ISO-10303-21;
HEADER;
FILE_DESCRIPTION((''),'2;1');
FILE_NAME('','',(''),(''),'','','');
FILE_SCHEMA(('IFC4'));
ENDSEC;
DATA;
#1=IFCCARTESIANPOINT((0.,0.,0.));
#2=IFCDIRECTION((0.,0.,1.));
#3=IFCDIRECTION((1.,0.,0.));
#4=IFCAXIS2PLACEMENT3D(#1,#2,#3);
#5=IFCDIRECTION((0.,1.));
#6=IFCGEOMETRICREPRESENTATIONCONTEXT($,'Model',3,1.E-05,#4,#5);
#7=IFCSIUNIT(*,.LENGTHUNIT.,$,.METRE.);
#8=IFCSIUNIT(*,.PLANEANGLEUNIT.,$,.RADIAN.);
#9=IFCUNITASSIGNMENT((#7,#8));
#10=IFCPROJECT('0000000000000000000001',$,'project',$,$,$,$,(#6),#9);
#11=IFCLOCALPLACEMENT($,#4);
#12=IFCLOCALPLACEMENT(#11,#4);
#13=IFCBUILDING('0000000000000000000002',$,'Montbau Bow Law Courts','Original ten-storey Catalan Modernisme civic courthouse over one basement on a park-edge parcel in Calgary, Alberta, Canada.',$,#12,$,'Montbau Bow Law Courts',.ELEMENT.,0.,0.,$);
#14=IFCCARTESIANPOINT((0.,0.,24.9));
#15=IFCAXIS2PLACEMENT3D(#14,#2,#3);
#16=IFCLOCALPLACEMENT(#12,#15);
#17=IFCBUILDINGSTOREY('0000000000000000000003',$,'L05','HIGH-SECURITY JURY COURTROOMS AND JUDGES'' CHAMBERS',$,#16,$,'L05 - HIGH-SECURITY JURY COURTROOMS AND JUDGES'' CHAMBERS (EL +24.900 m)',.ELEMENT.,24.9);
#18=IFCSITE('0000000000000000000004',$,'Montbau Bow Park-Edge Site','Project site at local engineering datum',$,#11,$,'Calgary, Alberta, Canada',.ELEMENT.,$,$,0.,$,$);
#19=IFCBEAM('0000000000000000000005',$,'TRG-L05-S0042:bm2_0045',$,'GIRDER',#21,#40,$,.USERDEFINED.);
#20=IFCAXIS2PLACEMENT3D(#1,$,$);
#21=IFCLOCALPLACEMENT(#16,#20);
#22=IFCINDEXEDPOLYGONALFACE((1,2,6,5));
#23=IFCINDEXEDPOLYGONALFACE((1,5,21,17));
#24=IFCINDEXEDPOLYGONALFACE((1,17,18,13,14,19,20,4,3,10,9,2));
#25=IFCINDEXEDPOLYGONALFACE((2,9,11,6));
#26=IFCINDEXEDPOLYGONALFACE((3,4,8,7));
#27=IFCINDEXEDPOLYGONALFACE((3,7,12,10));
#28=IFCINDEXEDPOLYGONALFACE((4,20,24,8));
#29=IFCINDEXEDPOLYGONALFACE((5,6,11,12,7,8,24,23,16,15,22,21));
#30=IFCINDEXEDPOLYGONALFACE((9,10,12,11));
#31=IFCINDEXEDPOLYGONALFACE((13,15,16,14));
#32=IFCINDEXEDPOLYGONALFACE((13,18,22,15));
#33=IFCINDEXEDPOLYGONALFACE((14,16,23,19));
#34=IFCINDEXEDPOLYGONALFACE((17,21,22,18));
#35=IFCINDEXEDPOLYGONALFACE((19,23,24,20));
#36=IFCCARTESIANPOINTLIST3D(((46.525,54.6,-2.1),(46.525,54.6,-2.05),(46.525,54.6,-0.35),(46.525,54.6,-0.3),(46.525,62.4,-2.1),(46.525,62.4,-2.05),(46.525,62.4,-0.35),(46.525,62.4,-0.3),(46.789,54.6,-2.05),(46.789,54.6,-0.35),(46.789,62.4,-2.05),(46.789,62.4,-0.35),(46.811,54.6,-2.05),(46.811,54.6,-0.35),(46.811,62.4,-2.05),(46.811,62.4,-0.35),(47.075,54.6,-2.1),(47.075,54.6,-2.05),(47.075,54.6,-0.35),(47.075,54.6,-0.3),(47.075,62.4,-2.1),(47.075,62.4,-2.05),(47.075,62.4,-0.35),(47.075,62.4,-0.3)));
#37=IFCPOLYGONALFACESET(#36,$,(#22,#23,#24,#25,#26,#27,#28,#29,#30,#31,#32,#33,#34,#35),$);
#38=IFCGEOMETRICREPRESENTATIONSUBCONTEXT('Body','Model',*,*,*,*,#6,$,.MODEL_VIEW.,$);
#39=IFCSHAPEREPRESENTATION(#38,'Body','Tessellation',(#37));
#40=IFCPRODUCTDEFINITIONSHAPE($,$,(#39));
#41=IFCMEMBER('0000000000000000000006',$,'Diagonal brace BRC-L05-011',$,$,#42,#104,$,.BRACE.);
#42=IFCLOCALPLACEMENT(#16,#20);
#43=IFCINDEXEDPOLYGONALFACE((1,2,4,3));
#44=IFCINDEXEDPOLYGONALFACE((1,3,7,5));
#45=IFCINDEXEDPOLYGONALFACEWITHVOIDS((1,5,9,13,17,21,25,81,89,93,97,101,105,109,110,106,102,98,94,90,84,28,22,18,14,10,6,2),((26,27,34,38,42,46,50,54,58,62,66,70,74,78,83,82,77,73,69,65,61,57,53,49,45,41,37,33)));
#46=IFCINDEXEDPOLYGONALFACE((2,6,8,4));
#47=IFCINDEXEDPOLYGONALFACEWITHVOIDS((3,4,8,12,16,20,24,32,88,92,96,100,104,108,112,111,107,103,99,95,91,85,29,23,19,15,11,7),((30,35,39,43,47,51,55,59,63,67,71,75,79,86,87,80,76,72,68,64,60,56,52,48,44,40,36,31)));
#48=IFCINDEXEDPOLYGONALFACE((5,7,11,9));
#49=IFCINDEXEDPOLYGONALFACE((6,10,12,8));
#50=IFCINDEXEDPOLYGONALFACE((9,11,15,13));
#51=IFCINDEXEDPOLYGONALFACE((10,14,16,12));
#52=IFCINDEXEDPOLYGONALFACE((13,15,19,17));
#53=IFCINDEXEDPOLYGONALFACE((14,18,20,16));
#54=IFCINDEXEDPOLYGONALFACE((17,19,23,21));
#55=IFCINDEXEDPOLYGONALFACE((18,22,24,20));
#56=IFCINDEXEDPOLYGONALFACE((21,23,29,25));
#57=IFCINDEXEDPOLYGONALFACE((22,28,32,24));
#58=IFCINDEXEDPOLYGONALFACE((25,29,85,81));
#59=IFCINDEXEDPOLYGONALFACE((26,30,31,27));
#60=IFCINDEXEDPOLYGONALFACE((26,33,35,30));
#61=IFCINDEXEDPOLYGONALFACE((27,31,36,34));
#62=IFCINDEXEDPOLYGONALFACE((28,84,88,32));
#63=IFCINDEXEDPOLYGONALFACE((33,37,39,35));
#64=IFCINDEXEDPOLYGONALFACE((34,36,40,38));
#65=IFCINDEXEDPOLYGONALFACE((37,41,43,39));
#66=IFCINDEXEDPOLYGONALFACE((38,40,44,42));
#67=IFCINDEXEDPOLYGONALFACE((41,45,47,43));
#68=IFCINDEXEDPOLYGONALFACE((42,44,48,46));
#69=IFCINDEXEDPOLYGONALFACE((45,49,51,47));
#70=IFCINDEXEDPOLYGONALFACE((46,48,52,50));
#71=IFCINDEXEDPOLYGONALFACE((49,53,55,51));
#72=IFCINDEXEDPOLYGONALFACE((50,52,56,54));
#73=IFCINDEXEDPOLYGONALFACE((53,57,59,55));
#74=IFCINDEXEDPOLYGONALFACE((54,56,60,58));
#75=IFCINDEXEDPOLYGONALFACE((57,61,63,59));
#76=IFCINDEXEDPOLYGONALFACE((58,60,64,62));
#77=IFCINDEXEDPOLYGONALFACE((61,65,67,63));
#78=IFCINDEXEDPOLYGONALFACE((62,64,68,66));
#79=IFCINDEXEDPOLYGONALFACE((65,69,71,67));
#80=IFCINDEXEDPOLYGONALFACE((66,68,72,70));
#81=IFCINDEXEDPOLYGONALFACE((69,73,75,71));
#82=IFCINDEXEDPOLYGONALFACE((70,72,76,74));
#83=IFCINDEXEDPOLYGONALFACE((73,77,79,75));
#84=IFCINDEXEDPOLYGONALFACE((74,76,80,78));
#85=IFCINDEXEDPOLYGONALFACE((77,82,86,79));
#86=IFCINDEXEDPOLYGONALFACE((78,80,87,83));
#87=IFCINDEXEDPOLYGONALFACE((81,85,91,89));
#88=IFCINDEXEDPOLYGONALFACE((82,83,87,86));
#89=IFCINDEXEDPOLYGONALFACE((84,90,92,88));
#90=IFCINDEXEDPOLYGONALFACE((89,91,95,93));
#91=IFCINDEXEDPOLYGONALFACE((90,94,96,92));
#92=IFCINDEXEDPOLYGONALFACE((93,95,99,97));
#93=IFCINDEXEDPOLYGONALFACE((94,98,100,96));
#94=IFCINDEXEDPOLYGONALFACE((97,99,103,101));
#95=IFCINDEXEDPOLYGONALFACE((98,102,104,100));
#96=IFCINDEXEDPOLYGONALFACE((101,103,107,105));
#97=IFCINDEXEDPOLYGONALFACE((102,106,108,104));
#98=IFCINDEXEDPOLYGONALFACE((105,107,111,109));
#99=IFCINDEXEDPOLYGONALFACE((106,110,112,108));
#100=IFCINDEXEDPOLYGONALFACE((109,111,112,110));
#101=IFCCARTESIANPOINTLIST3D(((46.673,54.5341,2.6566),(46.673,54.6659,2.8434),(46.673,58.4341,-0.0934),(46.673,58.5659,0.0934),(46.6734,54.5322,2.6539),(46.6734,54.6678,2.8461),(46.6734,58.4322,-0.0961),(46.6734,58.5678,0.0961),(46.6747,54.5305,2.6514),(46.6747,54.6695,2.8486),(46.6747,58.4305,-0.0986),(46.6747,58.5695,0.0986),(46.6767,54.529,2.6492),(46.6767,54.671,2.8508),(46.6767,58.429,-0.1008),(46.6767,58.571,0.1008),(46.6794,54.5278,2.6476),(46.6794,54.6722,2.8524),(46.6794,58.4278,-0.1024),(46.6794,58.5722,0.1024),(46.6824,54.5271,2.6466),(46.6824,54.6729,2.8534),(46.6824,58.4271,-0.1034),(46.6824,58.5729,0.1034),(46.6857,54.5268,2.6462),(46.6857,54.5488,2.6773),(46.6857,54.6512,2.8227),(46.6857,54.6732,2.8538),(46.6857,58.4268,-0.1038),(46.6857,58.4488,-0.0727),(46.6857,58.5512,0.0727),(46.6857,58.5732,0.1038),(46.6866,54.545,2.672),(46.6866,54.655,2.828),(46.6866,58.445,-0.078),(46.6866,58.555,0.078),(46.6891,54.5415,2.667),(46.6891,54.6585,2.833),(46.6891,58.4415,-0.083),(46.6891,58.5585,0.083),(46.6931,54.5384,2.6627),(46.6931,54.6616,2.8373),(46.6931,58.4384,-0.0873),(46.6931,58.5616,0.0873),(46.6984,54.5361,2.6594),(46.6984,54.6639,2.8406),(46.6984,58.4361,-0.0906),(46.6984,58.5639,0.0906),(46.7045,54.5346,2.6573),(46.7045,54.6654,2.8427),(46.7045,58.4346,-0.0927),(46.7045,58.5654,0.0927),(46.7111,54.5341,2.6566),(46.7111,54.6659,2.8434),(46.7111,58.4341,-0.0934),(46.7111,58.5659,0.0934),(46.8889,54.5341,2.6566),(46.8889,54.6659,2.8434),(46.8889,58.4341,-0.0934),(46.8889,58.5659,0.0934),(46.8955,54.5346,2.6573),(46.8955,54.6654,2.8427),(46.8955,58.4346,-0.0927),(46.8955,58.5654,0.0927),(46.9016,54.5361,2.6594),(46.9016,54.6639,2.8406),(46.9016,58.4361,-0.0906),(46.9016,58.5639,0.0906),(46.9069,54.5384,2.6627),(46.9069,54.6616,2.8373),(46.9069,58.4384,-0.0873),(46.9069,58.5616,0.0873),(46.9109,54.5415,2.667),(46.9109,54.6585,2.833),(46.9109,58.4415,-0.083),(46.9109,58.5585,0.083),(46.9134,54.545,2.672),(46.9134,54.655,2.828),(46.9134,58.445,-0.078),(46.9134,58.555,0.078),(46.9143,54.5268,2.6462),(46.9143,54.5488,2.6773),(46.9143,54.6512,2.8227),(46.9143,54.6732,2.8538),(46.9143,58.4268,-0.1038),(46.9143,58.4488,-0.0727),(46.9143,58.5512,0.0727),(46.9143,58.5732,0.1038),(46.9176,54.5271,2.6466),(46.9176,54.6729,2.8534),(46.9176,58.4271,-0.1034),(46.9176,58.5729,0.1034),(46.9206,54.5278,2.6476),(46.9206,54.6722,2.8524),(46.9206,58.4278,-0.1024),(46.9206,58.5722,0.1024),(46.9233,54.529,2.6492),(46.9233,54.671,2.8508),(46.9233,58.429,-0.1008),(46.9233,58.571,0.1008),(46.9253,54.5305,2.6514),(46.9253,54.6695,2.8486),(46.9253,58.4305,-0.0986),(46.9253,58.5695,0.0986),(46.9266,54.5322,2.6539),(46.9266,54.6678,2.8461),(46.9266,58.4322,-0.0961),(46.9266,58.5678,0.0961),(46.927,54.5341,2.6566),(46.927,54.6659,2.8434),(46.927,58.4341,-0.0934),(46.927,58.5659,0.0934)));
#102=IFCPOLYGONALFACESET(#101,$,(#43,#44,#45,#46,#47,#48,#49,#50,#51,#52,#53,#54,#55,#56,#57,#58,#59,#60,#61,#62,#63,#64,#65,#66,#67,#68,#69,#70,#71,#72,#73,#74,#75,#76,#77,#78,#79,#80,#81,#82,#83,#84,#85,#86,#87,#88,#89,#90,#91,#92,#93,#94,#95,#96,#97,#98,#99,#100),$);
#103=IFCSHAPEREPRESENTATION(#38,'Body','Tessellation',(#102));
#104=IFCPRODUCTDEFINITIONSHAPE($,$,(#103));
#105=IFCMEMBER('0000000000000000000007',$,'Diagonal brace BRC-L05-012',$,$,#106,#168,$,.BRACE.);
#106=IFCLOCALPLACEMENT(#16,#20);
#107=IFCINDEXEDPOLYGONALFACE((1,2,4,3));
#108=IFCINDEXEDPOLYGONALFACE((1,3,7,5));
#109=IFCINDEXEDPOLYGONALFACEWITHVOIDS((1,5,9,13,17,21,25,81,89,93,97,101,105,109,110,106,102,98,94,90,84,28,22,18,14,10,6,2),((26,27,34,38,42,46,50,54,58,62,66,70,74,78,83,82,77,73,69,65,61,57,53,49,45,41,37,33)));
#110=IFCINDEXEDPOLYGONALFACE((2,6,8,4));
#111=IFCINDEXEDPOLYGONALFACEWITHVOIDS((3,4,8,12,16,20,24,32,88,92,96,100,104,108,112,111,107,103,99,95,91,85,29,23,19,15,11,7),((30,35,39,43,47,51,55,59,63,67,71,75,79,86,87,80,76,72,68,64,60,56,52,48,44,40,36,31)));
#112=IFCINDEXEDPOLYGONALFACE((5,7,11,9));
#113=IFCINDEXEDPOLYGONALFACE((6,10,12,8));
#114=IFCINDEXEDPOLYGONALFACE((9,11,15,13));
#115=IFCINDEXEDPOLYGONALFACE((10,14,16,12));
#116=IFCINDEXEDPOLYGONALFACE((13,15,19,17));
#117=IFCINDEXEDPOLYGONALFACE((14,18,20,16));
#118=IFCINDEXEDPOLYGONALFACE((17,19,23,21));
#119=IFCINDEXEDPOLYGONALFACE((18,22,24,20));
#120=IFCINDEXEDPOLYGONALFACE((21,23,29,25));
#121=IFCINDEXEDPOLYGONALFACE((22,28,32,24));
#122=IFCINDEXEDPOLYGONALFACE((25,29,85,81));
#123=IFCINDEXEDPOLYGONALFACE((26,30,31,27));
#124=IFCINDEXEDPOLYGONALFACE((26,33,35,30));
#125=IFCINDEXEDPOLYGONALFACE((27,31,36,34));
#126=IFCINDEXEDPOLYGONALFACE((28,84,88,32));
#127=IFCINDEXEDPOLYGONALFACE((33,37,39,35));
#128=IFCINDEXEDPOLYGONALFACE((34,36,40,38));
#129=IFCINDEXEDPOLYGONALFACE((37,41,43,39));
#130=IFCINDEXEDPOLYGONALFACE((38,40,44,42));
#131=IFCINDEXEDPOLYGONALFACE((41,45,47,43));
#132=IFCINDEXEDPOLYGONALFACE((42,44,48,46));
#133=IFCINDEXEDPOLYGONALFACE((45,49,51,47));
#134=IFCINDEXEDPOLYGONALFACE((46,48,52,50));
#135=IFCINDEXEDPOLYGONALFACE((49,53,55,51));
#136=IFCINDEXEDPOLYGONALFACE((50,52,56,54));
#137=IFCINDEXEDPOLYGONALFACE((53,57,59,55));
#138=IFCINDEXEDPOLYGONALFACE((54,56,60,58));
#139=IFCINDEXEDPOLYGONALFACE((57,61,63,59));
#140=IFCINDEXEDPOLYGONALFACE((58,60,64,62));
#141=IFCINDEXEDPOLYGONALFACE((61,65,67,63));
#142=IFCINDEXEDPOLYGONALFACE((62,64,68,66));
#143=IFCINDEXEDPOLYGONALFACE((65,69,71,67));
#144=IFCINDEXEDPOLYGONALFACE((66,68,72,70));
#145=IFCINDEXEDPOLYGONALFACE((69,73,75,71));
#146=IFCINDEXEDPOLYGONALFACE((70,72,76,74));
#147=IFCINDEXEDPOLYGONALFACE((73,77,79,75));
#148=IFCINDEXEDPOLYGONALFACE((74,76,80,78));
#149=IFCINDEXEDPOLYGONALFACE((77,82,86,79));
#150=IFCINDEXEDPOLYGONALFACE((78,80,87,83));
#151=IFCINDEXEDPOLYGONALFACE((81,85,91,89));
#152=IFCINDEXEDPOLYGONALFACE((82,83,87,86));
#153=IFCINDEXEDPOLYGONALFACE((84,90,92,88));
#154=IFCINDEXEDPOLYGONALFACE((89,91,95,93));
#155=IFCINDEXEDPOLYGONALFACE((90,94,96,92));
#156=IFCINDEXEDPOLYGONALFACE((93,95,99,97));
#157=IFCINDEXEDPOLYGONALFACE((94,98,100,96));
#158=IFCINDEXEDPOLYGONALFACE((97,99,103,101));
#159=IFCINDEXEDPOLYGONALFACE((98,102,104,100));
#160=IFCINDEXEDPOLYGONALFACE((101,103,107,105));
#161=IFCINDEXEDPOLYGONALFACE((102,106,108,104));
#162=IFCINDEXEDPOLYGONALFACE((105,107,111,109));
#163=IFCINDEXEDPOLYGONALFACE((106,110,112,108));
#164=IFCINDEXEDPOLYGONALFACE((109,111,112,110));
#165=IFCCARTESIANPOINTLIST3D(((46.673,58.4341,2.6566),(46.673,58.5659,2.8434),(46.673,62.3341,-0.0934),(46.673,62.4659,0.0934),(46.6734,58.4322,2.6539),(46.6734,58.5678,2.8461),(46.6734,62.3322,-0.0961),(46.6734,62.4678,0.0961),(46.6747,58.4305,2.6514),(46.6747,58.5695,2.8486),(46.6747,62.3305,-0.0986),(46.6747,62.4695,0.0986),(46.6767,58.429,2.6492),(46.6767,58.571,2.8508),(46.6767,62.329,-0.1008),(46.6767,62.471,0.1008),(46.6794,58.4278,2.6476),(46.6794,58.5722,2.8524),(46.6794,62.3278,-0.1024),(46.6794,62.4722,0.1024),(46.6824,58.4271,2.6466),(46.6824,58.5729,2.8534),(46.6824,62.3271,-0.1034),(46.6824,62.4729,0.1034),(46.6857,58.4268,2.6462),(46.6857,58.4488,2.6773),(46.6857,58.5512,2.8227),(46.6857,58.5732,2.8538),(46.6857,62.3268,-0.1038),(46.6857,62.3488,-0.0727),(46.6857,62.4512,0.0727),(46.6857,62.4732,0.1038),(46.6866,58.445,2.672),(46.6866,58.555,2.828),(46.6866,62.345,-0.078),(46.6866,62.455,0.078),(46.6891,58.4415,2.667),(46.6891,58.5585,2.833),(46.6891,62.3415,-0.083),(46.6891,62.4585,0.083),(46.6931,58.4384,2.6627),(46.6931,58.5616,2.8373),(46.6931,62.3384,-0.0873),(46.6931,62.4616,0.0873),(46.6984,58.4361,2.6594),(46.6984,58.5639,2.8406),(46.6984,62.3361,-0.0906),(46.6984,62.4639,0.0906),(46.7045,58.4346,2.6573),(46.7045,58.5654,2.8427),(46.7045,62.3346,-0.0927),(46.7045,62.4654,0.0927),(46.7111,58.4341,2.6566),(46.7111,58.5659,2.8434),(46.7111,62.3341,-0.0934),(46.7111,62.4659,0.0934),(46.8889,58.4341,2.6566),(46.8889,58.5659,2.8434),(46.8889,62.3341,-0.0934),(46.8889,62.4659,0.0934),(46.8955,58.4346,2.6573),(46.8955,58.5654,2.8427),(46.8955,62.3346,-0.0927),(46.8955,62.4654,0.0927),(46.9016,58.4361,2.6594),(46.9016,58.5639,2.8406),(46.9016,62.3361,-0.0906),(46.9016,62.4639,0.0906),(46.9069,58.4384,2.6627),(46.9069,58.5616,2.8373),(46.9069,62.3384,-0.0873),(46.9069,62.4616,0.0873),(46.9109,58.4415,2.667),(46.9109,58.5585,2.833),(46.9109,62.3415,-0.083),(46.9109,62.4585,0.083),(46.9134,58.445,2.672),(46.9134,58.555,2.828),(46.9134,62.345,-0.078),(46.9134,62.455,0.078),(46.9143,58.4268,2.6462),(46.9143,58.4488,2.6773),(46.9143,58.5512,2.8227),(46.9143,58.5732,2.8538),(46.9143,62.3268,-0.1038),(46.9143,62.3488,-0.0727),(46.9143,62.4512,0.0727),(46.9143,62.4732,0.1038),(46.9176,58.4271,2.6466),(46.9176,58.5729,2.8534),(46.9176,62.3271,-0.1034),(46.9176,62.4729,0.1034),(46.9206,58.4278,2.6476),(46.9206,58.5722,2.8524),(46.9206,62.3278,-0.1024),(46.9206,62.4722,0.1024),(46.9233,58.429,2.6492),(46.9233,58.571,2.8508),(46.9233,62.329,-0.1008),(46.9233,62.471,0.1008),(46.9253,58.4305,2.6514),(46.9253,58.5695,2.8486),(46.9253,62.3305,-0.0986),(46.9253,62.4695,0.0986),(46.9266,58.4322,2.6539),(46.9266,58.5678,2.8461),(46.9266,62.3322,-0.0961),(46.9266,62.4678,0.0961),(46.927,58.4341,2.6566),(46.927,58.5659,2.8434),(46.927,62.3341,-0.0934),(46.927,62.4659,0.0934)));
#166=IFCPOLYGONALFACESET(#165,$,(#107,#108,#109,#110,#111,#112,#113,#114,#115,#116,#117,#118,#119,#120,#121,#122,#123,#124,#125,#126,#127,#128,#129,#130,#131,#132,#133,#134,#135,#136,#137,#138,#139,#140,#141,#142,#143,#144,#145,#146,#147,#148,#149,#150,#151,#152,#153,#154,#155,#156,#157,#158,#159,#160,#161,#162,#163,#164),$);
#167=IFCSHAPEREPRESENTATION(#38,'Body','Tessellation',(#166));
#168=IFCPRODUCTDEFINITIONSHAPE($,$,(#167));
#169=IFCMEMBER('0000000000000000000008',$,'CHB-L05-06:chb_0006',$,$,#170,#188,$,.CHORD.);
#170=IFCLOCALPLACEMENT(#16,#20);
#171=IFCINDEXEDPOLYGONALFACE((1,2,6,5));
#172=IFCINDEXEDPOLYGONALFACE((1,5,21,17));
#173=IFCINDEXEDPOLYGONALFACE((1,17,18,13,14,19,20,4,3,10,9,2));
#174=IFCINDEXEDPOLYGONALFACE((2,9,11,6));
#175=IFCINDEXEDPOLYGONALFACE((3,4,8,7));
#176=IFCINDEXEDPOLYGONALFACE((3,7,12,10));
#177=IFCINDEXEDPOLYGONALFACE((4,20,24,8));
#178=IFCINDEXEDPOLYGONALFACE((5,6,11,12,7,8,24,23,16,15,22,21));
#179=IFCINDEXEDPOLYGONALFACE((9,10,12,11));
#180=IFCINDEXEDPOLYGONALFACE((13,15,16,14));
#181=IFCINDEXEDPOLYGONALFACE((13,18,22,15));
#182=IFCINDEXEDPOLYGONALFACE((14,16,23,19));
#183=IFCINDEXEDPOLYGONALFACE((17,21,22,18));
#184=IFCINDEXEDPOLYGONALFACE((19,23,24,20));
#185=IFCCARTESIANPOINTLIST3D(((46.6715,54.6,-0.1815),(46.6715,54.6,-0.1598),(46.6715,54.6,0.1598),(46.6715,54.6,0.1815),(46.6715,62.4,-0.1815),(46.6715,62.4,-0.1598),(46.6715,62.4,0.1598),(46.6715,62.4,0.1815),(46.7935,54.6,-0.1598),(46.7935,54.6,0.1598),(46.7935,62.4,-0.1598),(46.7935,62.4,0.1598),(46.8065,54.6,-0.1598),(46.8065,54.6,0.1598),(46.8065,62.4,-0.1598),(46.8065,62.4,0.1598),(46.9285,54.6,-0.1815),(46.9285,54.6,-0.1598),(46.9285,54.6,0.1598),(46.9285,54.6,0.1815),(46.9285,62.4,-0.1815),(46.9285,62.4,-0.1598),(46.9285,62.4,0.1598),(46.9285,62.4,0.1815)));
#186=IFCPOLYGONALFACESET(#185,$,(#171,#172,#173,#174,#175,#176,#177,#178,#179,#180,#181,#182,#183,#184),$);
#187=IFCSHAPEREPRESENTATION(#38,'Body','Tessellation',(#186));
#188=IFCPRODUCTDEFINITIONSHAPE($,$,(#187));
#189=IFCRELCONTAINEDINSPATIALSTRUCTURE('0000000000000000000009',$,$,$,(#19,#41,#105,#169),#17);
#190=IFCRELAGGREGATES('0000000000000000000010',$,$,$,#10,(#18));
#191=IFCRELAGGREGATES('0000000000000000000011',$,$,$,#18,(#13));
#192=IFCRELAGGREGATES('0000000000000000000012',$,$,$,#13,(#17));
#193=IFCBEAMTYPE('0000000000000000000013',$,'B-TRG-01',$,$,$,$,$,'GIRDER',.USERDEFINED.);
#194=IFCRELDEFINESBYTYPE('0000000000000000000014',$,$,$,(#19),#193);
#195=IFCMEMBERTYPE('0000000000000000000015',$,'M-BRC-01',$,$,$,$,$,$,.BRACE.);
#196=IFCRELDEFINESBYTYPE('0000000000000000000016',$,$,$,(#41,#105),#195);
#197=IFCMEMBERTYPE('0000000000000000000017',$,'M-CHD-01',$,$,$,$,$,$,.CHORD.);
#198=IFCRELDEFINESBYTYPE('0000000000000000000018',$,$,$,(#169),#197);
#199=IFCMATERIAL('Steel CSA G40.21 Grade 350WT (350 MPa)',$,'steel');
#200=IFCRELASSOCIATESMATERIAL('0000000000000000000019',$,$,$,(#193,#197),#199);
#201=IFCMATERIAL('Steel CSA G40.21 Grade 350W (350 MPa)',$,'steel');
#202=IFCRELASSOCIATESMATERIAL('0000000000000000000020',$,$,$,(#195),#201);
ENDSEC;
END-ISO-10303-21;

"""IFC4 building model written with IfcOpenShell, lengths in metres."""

from ifc_helpers import new_model, si_unit, direction, frame, origin_with_axes, origin_2d_with_axis, place, context, subcontext, project, spatial, hollow_rectangle, i_section, extrude, material, material_profile, profile_set, type_object, element, save


model = new_model("IFC4")

# Units and contexts
model_context = context("Model", 3, precision=1e-05, world=origin_with_axes(), true_north=direction((0.0, 1.0)))
body_context = subcontext(model_context, "Body", "Model", "MODEL_VIEW")
ifc_project = project(units=[si_unit("LENGTHUNIT", "METRE"), si_unit("PLANEANGLEUNIT", "RADIAN")], contexts=[model_context])

# Site, building, storey
site_placement = place(None, origin_with_axes())
site = spatial("IfcSite", under=ifc_project, at=site_placement, Name="Montbau Bow Park-Edge Site", Description="Project site at local engineering datum", LongName="Calgary, Alberta, Canada", CompositionType="ELEMENT", RefElevation=0.0)
building_placement = place(site_placement, origin_with_axes())
building = spatial("IfcBuilding", under=site, at=building_placement, Name="Montbau Bow Law Courts", Description="Original ten-storey Catalan Modernisme civic courthouse over one basement on a park-edge parcel in Calgary, Alberta, Canada.", LongName="Montbau Bow Law Courts", CompositionType="ELEMENT", ElevationOfRefHeight=0.0, ElevationOfTerrain=0.0)
storey_placement = place(building_placement, frame((0.0, 0.0, 24.9), z_axis=(0.0, 0.0, 1.0), x_axis=(1.0, 0.0, 0.0)))
storey = spatial("IfcBuildingStorey", under=building, at=storey_placement, Name="L05", Description="HIGH-SECURITY JURY COURTROOMS AND JUDGES' CHAMBERS", LongName="L05 - HIGH-SECURITY JURY COURTROOMS AND JUDGES' CHAMBERS (EL +24.900 m)", CompositionType="ELEMENT", Elevation=24.9)

# Beam
ifc_material_1 = material(Name="Steel CSA G40.21 Grade 350W (350 MPa)", Category="steel")
ifc_material_2 = material(Name="Steel CSA G40.21 Grade 350WT (350 MPa)", Category="steel")
ifc_material_profile_1 = material_profile(ifc_material_2, i_section(OverallWidth=0.55, OverallDepth=1.8, WebThickness=0.022, FlangeThickness=0.05, at=origin_2d_with_axis()), Name="WWF1800X550", Category="Main", Priority=0)
ifc_profile_set_1 = profile_set([ifc_material_profile_1], Name="Steel CSA G40.21 Grade 350WT (350 MPa)")
beam_type_1 = type_object("IfcBeamType", Name="B-TRG-01", ElementType="GIRDER", PredefinedType="USERDEFINED", material=ifc_profile_set_1)
beam_1_placement = place(None, frame((46.8, 54.6, 23.7), z_axis=(0.0, 1.0, 0.0), x_axis=(-1.0, 0.0, 0.0)))
element("IfcBeam", 1, at=beam_1_placement, inside=storey, type_object=beam_type_1, Name="TRG-L05-S0042:bm2_0045", ObjectType="GIRDER", PredefinedType="USERDEFINED", context=body_context, shape_type="SweptSolid", body=[
    extrude(i_section(OverallWidth=0.55, OverallDepth=1.8, WebThickness=0.022, FlangeThickness=0.05, at=origin_2d_with_axis()), origin_with_axes(), (0.0, 0.0, 1.0), 7.8),
])

# Members
ifc_material_profile_2 = material_profile(ifc_material_1, hollow_rectangle(XDim=0.254, YDim=0.254, WallThickness=0.0127, InnerFilletRadius=0.0254, OuterFilletRadius=0.0127, at=origin_2d_with_axis()), Name="HSS254X254X13", Category="Main", Priority=0)
ifc_profile_set_2 = profile_set([ifc_material_profile_2], Name="Steel CSA G40.21 Grade 350W (350 MPa)")
member_type_1 = type_object("IfcMemberType", Name="M-BRC-01", PredefinedType="BRACE", material=ifc_profile_set_2)
for number, where, z_axis, x_axis, name in (
    (2, (46.8, 54.6, 27.65), (0.0, 0.817258, -0.576272), (-1.0, 0.0, 0.0), "Diagonal brace BRC-L05-011"),
    (3, (46.8, 58.5, 27.65), (0.0, 0.817258, -0.576272), (-1.0, 0.0, 0.0), "Diagonal brace BRC-L05-012"),
):
    element("IfcMember", number, at=place(None, frame(where, z_axis=z_axis, x_axis=x_axis)), inside=storey, type_object=member_type_1, Name=name, PredefinedType="BRACE", context=body_context, shape_type="SweptSolid", body=[
        extrude(hollow_rectangle(XDim=0.254, YDim=0.254, WallThickness=0.0127, InnerFilletRadius=0.0254, OuterFilletRadius=0.0127, at=origin_2d_with_axis()), origin_with_axes(), (0.0, 0.0, 1.0), 4.7721),
    ])
ifc_material_profile_3 = material_profile(ifc_material_2, i_section(OverallWidth=0.257, OverallDepth=0.363, WebThickness=0.013, FlangeThickness=0.0217, at=origin_2d_with_axis()), Name="W360X122", Category="Main", Priority=0)
ifc_profile_set_3 = profile_set([ifc_material_profile_3], Name="Steel CSA G40.21 Grade 350WT (350 MPa)")
member_type_2 = type_object("IfcMemberType", Name="M-CHD-01", PredefinedType="CHORD", material=ifc_profile_set_3)
for number, where, z_axis, x_axis, name in (
    (4, (46.8, 54.6, 24.9), (0.0, 1.0, 0.0), (-1.0, 0.0, 0.0), "CHB-L05-06:chb_0006"),
):
    element("IfcMember", number, at=place(None, frame(where, z_axis=z_axis, x_axis=x_axis)), inside=storey, type_object=member_type_2, Name=name, PredefinedType="CHORD", context=body_context, shape_type="SweptSolid", body=[
        extrude(i_section(OverallWidth=0.257, OverallDepth=0.363, WebThickness=0.013, FlangeThickness=0.0217, at=origin_2d_with_axis()), origin_with_axes(), (0.0, 0.0, 1.0), 7.8),
    ])

save(model, "model.ifc")
